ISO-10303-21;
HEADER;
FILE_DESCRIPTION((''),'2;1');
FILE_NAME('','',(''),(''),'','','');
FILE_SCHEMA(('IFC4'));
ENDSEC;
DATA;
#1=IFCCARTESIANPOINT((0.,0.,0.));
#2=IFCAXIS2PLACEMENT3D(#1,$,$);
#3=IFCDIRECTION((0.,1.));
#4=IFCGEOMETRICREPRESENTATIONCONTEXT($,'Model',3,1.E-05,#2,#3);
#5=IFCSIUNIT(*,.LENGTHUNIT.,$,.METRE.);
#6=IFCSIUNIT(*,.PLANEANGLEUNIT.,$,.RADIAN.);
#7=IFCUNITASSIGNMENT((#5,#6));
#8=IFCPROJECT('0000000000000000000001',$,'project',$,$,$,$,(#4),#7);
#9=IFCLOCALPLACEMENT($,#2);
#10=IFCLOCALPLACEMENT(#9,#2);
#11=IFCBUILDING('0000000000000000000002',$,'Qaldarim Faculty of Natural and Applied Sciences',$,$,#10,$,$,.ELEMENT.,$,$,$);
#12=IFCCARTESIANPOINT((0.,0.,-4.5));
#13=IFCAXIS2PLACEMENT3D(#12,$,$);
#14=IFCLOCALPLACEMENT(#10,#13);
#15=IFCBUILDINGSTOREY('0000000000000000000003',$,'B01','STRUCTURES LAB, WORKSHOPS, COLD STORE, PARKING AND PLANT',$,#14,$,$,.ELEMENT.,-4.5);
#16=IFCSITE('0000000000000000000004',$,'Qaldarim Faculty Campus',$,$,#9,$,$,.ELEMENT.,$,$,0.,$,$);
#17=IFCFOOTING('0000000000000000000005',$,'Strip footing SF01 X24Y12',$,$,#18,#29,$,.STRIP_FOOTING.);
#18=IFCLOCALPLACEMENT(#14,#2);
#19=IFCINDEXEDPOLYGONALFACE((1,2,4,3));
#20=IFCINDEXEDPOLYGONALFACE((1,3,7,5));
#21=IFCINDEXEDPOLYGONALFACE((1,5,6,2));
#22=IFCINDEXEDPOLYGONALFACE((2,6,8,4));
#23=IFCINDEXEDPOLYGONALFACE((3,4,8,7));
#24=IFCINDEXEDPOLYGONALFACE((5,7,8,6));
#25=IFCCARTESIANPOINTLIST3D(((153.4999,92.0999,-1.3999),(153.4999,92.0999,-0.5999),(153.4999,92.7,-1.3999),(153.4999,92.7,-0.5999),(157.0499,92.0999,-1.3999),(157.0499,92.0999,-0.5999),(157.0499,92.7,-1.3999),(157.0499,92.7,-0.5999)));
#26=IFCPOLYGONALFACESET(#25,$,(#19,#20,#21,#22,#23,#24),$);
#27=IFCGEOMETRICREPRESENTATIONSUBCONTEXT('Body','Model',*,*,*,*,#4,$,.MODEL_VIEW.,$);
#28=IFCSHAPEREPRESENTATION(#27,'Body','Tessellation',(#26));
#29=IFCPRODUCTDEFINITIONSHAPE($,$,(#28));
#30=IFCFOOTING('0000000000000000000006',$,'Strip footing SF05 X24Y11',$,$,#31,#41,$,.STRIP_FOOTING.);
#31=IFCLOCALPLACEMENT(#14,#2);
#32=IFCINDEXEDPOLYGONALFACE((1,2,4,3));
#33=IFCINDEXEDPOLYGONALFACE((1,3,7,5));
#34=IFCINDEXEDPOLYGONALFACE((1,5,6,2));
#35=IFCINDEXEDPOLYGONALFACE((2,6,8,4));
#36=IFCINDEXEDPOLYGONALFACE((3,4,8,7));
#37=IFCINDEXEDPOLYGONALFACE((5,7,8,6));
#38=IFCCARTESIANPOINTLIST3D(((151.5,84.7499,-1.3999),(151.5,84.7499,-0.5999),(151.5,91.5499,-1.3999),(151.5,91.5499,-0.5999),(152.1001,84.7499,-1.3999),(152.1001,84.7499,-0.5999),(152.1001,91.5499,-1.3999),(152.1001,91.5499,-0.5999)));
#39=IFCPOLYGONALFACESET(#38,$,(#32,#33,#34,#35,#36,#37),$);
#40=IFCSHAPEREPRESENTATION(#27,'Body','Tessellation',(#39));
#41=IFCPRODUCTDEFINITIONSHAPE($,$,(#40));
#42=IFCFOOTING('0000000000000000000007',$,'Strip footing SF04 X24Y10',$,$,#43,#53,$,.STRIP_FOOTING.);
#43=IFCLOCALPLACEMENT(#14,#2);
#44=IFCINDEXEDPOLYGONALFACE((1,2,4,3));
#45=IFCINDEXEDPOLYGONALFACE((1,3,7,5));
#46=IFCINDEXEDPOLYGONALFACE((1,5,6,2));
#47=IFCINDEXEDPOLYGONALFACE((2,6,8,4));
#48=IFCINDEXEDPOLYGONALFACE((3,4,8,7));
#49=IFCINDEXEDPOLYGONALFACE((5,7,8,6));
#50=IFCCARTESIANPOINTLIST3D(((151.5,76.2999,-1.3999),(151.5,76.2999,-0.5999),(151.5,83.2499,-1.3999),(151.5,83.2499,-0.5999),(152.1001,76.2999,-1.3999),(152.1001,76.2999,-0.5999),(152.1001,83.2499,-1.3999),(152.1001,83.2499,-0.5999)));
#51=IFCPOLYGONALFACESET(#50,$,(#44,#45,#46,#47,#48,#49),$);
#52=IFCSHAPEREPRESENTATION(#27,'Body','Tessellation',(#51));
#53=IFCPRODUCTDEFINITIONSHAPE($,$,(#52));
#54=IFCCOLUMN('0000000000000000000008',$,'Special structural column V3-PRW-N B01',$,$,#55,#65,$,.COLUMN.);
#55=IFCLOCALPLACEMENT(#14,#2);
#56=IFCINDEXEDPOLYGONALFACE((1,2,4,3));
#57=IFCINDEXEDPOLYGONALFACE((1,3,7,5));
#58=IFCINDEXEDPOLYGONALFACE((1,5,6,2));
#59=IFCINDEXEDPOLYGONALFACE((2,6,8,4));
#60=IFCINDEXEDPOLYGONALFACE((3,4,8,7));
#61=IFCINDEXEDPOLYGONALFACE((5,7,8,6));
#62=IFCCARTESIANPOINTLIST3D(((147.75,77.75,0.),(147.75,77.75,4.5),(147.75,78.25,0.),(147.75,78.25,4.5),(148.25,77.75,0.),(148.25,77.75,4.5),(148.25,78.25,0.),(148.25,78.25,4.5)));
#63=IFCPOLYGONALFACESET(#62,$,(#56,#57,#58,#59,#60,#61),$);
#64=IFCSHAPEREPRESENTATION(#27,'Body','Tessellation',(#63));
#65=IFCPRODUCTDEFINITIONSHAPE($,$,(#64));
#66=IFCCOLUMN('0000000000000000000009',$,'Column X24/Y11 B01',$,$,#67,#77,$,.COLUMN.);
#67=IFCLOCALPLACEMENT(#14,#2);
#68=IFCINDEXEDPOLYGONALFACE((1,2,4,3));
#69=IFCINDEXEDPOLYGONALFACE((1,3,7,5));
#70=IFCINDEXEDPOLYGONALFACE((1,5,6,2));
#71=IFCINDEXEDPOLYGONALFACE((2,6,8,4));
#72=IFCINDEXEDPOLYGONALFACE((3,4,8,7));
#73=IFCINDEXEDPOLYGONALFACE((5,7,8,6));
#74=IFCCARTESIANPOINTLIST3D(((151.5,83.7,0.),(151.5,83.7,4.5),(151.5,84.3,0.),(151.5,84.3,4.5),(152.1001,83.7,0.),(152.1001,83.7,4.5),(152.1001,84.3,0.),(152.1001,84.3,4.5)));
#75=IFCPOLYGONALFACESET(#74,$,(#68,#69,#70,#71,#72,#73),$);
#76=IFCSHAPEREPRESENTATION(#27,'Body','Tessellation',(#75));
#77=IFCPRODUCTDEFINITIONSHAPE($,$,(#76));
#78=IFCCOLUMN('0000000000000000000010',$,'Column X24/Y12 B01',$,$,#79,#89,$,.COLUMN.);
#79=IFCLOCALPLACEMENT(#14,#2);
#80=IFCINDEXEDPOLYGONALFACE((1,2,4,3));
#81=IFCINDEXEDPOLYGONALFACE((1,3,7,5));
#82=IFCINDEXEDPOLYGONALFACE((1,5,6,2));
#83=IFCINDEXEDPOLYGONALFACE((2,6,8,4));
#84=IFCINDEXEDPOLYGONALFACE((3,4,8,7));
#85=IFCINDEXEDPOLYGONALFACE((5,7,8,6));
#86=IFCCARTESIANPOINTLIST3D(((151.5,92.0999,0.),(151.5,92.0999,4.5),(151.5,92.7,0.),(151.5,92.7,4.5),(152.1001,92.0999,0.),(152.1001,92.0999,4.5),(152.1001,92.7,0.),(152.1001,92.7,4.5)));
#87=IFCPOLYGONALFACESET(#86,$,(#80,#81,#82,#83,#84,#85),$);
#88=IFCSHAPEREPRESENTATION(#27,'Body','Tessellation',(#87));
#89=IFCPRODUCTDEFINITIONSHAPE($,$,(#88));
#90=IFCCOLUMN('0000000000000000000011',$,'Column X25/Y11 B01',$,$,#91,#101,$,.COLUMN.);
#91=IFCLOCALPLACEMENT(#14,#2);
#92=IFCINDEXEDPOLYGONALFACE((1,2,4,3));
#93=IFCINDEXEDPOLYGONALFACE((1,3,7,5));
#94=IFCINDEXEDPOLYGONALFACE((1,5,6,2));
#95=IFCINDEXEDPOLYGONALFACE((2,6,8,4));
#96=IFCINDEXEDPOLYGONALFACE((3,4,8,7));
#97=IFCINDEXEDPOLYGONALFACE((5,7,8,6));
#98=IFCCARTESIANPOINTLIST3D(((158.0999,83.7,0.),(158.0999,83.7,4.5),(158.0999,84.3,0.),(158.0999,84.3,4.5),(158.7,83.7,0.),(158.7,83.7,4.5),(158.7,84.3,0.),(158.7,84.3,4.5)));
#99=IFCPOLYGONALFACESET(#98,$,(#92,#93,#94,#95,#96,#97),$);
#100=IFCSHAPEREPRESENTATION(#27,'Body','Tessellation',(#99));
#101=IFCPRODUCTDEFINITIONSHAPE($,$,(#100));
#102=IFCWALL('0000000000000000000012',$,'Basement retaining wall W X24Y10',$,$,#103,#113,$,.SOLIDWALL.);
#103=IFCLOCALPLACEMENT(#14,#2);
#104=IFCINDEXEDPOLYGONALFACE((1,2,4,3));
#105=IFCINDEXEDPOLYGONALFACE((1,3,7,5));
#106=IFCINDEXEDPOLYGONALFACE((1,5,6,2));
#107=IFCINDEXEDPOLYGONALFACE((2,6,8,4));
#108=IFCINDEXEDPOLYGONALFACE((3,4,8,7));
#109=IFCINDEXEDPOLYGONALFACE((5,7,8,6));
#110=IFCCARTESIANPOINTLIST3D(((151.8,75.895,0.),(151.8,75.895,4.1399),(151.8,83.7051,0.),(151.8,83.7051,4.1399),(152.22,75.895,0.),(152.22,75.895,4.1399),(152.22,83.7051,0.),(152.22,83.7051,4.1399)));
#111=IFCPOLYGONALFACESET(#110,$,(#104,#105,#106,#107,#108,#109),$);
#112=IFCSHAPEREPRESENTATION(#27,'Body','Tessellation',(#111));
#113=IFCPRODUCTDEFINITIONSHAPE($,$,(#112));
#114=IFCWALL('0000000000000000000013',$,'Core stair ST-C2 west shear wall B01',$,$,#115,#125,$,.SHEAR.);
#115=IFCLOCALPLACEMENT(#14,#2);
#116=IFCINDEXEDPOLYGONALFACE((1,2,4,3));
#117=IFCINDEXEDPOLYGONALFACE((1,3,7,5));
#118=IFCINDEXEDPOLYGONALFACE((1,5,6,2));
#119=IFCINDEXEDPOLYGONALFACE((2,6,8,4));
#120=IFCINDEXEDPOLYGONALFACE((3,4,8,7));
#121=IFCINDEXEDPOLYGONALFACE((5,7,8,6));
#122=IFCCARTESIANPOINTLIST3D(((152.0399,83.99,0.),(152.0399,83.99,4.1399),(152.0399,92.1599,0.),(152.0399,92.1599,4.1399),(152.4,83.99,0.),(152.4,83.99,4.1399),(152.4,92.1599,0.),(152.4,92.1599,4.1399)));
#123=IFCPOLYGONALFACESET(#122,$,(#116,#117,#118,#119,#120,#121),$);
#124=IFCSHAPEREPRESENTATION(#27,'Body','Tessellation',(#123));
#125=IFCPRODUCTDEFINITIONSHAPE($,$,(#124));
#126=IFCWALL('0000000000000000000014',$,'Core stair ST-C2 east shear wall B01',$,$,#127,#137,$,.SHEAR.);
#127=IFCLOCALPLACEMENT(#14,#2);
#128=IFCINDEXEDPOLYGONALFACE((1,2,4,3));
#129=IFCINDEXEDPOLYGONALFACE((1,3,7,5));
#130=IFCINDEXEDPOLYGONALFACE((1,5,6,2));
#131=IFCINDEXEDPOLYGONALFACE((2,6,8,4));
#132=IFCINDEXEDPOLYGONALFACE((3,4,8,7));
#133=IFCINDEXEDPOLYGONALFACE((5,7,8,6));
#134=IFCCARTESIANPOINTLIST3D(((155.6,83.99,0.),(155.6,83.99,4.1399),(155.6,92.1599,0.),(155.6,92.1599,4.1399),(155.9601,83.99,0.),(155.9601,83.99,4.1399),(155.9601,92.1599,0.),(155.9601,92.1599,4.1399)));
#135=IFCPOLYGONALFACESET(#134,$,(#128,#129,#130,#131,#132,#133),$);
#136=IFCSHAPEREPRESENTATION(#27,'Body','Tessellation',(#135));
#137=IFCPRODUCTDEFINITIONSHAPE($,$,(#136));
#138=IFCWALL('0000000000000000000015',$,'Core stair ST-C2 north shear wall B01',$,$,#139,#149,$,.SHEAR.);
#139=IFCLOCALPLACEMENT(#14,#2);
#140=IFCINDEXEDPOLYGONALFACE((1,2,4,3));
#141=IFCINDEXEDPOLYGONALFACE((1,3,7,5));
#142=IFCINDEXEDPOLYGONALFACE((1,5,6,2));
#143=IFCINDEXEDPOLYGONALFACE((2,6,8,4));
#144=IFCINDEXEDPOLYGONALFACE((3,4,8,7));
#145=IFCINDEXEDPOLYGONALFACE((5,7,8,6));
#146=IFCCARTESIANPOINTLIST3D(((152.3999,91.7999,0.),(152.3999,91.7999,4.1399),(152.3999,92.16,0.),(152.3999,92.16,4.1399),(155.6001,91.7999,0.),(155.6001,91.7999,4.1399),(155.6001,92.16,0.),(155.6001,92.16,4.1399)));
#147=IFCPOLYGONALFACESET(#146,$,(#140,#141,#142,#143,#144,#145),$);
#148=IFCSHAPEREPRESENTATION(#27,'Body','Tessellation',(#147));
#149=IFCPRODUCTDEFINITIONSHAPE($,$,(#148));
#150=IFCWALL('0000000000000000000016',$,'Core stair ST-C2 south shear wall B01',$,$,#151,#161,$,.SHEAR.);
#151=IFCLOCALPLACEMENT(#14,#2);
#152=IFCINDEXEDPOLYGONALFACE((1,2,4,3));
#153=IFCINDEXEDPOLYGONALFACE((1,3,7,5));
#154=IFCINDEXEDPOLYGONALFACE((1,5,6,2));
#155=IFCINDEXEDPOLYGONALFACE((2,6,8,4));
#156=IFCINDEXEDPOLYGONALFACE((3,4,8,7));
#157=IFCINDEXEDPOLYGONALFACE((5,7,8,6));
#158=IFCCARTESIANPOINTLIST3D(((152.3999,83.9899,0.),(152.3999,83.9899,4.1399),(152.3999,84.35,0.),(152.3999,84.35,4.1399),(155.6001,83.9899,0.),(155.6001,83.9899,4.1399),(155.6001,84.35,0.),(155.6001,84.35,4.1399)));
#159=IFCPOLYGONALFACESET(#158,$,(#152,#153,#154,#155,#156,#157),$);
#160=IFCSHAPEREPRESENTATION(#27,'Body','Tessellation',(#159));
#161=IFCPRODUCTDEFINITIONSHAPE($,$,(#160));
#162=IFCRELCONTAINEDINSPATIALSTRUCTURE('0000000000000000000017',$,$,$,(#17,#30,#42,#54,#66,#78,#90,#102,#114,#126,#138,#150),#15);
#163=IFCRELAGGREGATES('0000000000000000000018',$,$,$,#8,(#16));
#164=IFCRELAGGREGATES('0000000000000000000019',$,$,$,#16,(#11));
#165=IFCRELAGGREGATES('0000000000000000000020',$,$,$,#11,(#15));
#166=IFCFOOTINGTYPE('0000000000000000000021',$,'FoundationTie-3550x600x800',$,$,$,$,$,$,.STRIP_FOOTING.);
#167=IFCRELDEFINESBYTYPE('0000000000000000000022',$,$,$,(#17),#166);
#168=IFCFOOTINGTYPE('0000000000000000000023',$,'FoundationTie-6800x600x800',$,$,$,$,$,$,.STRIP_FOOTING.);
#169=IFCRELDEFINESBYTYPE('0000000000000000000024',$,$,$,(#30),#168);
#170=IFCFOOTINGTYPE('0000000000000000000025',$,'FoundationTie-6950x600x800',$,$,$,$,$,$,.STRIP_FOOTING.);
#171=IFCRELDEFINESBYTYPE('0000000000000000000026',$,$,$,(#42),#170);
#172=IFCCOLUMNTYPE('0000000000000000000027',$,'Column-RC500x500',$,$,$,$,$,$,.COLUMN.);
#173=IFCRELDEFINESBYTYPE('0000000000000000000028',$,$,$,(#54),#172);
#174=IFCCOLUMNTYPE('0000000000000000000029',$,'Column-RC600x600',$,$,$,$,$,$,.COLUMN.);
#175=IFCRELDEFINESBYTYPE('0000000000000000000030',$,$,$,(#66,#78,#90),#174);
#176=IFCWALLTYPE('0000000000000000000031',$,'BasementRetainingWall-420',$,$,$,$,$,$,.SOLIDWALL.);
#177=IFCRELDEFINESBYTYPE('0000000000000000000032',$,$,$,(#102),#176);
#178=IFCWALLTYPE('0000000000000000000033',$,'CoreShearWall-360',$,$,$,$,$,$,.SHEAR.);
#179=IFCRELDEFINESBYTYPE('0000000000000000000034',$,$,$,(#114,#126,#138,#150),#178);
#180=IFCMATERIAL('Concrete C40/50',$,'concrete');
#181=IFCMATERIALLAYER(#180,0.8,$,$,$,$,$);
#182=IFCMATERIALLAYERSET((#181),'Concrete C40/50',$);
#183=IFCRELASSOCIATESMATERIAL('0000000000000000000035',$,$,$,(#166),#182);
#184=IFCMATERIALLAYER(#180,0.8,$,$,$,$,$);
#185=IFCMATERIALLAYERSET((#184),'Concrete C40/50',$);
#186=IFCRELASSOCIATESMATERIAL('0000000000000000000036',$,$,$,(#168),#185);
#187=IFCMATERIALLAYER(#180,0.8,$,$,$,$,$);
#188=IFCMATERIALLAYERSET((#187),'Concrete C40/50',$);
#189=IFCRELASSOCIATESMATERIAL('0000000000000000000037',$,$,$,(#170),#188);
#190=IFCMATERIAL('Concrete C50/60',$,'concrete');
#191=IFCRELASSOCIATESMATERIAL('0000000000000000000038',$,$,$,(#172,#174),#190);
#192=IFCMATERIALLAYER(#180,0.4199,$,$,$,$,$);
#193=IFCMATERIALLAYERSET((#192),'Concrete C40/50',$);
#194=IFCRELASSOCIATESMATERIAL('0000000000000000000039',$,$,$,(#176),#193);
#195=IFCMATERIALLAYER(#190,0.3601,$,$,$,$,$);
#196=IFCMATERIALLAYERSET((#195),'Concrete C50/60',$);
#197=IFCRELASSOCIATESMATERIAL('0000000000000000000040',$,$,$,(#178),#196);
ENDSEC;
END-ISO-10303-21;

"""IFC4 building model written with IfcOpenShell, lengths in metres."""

from ifc_helpers import new_model, si_unit, direction, frame, frame_2d, origin, origin_2d, place, context, subcontext, project, spatial, rectangle, extrude, material, layer, layer_set, material_profile, profile_set, type_object, element, save


model = new_model("IFC4")

# Units and contexts
model_context = context("Model", 3, precision=1e-05, world=origin(), true_north=direction((0.0, 1.0)))
body_context = subcontext(model_context, "Body", "Model", "MODEL_VIEW")
ifc_project = project(units=[si_unit("LENGTHUNIT", "METRE"), si_unit("PLANEANGLEUNIT", "RADIAN")], contexts=[model_context])

# Site, building, storey
site_placement = place(None, origin())
site = spatial("IfcSite", under=ifc_project, at=site_placement, Name="Qaldarim Faculty Campus", CompositionType="ELEMENT", RefElevation=0.0)
building_placement = place(site_placement, origin())
building = spatial("IfcBuilding", under=site, at=building_placement, Name="Qaldarim Faculty of Natural and Applied Sciences", CompositionType="ELEMENT")
storey_placement = place(building_placement, frame((0.0, 0.0, -4.5)))
storey = spatial("IfcBuildingStorey", under=building, at=storey_placement, Name="B01", Description="STRUCTURES LAB, WORKSHOPS, COLD STORE, PARKING AND PLANT", CompositionType="ELEMENT", Elevation=-4.5)

# Shared definitions
ifc_material_1 = material(Name="Concrete C40/50", Category="concrete")

# Footings
ifc_layer_1 = layer(ifc_material_1, 0.8)
ifc_layer_set_1 = layer_set([ifc_layer_1], Name="Concrete C40/50")
footing_type_1 = type_object("IfcFootingType", Name="FoundationTie-3550x600x800", PredefinedType="STRIP_FOOTING", material=ifc_layer_set_1)
footing_1_placement = place(storey_placement, frame((155.2749, 92.3999, -1.3999), z_axis=(0.0, 0.0, 1.0), x_axis=(1.0, 0.0, 0.0)))
element("IfcFooting", 1, at=footing_1_placement, inside=storey, type_object=footing_type_1, Name="Strip footing SF01 X24Y12", PredefinedType="STRIP_FOOTING", context=body_context, shape_type="SweptSolid", body=[
    extrude(rectangle(XDim=3.55, YDim=0.6001, at=origin_2d()), origin(), (0.0, 0.0, 1.0), 0.8),
])
ifc_layer_2 = layer(ifc_material_1, 0.8)
ifc_layer_set_2 = layer_set([ifc_layer_2], Name="Concrete C40/50")
footing_type_2 = type_object("IfcFootingType", Name="FoundationTie-6800x600x800", PredefinedType="STRIP_FOOTING", material=ifc_layer_set_2)
footing_2_placement = place(storey_placement, frame((151.8, 88.1499, -1.3999), z_axis=(0.0, 0.0, 1.0), x_axis=(0.0, 1.0, 0.0)))
element("IfcFooting", 2, at=footing_2_placement, inside=storey, type_object=footing_type_2, Name="Strip footing SF05 X24Y11", PredefinedType="STRIP_FOOTING", context=body_context, shape_type="SweptSolid", body=[
    extrude(rectangle(XDim=6.8, YDim=0.6001, at=origin_2d()), origin(), (0.0, 0.0, 1.0), 0.8),
])
ifc_layer_3 = layer(ifc_material_1, 0.8)
ifc_layer_set_3 = layer_set([ifc_layer_3], Name="Concrete C40/50")
footing_type_3 = type_object("IfcFootingType", Name="FoundationTie-6950x600x800", PredefinedType="STRIP_FOOTING", material=ifc_layer_set_3)
footing_3_placement = place(storey_placement, frame((151.8, 79.7749, -1.3999), z_axis=(0.0, 0.0, 1.0), x_axis=(0.0, 1.0, 0.0)))
element("IfcFooting", 3, at=footing_3_placement, inside=storey, type_object=footing_type_3, Name="Strip footing SF04 X24Y10", PredefinedType="STRIP_FOOTING", context=body_context, shape_type="SweptSolid", body=[
    extrude(rectangle(XDim=6.95, YDim=0.6001, at=origin_2d()), origin(), (0.0, 0.0, 1.0), 0.8),
])

# Columns
ifc_material_2 = material(Name="Concrete C50/60", Category="concrete")
ifc_material_profile_1 = material_profile(ifc_material_2, rectangle(XDim=0.5, YDim=0.5, at=origin_2d()), Name="RC-C500x500")
ifc_profile_set_1 = profile_set([ifc_material_profile_1], Name="Concrete C50/60")
column_type_1 = type_object("IfcColumnType", Name="Column-RC500x500", PredefinedType="COLUMN", material=ifc_profile_set_1)
column_placement = place(storey_placement, frame((148.0, 78.0, 0.0), z_axis=(0.0, 0.0, 1.0), x_axis=(1.0, 0.0, 0.0)))
element("IfcColumn", 4, at=column_placement, inside=storey, type_object=column_type_1, Name="Special structural column V3-PRW-N B01", PredefinedType="COLUMN", context=body_context, shape_type="SweptSolid", body=[
    extrude(rectangle(XDim=0.5, YDim=0.5, at=origin_2d()), origin(), (0.0, 0.0, 1.0), 4.5),
])
ifc_material_profile_2 = material_profile(ifc_material_2, rectangle(XDim=0.6001, YDim=0.6001, at=origin_2d()), Name="RC-C600x600")
ifc_profile_set_2 = profile_set([ifc_material_profile_2], Name="Concrete C50/60")
column_type_2 = type_object("IfcColumnType", Name="Column-RC600x600", PredefinedType="COLUMN", material=ifc_profile_set_2)
for number, where, z_axis, x_axis, name in (
    (5, (151.8, 84.0, 0.0), (0.0, 0.0, 1.0), (1.0, 0.0, 0.0), "Column X24/Y11 B01"),
    (6, (151.8, 92.3999, 0.0), (0.0, 0.0, 1.0), (1.0, 0.0, 0.0), "Column X24/Y12 B01"),
    (7, (158.3999, 84.0, 0.0), (0.0, 0.0, 1.0), (1.0, 0.0, 0.0), "Column X25/Y11 B01"),
):
    element("IfcColumn", number, at=place(storey_placement, frame(where, z_axis=z_axis, x_axis=x_axis)), inside=storey, type_object=column_type_2, Name=name, PredefinedType="COLUMN", context=body_context, shape_type="SweptSolid", body=[
        extrude(rectangle(XDim=0.6001, YDim=0.6001, at=origin_2d()), origin(), (0.0, 0.0, 1.0), 4.5),
    ])

# Walls
ifc_layer_4 = layer(ifc_material_1, 0.4199)
ifc_layer_set_4 = layer_set([ifc_layer_4], Name="Concrete C40/50")
wall_type_1 = type_object("IfcWallType", Name="BasementRetainingWall-420", PredefinedType="SOLIDWALL", material=ifc_layer_set_4)
wall_1_placement = place(storey_placement, frame((152.01, 83.7051, 0.0), z_axis=(0.0, 0.0, 1.0), x_axis=(0.0, -1.0, 0.0)))
element("IfcWall", 8, at=wall_1_placement, inside=storey, type_object=wall_type_1, Name="Basement retaining wall W X24Y10", PredefinedType="SOLIDWALL", context=body_context, shape_type="SweptSolid", body=[
    extrude(rectangle(XDim=7.8101, YDim=0.4199, at=frame_2d((3.905, 0.0))), origin(), (0.0, 0.0, 1.0), 4.1399),
])
ifc_layer_5 = layer(ifc_material_2, 0.3601)
ifc_layer_set_5 = layer_set([ifc_layer_5], Name="Concrete C50/60")
wall_type_2 = type_object("IfcWallType", Name="CoreShearWall-360", PredefinedType="SHEAR", material=ifc_layer_set_5)
for number, where, z_axis, x_axis, name in (
    (9, (152.22, 83.99, 0.0), (0.0, 0.0, 1.0), (0.0, 1.0, 0.0), "Core stair ST-C2 west shear wall B01"),
    (10, (155.78, 83.99, 0.0), (0.0, 0.0, 1.0), (0.0, 1.0, 0.0), "Core stair ST-C2 east shear wall B01"),
):
    element("IfcWall", number, at=place(storey_placement, frame(where, z_axis=z_axis, x_axis=x_axis)), inside=storey, type_object=wall_type_2, Name=name, PredefinedType="SHEAR", context=body_context, shape_type="SweptSolid", body=[
        extrude(rectangle(XDim=8.1699, YDim=0.3601, at=frame_2d((4.085, 0.0))), origin(), (0.0, 0.0, 1.0), 4.1399),
    ])
for number, where, z_axis, x_axis, name in (
    (11, (152.3999, 91.98, 0.0), (0.0, 0.0, 1.0), (1.0, 0.0, 0.0), "Core stair ST-C2 north shear wall B01"),
    (12, (152.3999, 84.1699, 0.0), (0.0, 0.0, 1.0), (1.0, 0.0, 0.0), "Core stair ST-C2 south shear wall B01"),
):
    element("IfcWall", number, at=place(storey_placement, frame(where, z_axis=z_axis, x_axis=x_axis)), inside=storey, type_object=wall_type_2, Name=name, PredefinedType="SHEAR", context=body_context, shape_type="SweptSolid", body=[
        extrude(rectangle(XDim=3.2002, YDim=0.3601, at=frame_2d((1.6001, 0.0))), origin(), (0.0, 0.0, 1.0), 4.1399),
    ])

save(model, "model.ifc")
